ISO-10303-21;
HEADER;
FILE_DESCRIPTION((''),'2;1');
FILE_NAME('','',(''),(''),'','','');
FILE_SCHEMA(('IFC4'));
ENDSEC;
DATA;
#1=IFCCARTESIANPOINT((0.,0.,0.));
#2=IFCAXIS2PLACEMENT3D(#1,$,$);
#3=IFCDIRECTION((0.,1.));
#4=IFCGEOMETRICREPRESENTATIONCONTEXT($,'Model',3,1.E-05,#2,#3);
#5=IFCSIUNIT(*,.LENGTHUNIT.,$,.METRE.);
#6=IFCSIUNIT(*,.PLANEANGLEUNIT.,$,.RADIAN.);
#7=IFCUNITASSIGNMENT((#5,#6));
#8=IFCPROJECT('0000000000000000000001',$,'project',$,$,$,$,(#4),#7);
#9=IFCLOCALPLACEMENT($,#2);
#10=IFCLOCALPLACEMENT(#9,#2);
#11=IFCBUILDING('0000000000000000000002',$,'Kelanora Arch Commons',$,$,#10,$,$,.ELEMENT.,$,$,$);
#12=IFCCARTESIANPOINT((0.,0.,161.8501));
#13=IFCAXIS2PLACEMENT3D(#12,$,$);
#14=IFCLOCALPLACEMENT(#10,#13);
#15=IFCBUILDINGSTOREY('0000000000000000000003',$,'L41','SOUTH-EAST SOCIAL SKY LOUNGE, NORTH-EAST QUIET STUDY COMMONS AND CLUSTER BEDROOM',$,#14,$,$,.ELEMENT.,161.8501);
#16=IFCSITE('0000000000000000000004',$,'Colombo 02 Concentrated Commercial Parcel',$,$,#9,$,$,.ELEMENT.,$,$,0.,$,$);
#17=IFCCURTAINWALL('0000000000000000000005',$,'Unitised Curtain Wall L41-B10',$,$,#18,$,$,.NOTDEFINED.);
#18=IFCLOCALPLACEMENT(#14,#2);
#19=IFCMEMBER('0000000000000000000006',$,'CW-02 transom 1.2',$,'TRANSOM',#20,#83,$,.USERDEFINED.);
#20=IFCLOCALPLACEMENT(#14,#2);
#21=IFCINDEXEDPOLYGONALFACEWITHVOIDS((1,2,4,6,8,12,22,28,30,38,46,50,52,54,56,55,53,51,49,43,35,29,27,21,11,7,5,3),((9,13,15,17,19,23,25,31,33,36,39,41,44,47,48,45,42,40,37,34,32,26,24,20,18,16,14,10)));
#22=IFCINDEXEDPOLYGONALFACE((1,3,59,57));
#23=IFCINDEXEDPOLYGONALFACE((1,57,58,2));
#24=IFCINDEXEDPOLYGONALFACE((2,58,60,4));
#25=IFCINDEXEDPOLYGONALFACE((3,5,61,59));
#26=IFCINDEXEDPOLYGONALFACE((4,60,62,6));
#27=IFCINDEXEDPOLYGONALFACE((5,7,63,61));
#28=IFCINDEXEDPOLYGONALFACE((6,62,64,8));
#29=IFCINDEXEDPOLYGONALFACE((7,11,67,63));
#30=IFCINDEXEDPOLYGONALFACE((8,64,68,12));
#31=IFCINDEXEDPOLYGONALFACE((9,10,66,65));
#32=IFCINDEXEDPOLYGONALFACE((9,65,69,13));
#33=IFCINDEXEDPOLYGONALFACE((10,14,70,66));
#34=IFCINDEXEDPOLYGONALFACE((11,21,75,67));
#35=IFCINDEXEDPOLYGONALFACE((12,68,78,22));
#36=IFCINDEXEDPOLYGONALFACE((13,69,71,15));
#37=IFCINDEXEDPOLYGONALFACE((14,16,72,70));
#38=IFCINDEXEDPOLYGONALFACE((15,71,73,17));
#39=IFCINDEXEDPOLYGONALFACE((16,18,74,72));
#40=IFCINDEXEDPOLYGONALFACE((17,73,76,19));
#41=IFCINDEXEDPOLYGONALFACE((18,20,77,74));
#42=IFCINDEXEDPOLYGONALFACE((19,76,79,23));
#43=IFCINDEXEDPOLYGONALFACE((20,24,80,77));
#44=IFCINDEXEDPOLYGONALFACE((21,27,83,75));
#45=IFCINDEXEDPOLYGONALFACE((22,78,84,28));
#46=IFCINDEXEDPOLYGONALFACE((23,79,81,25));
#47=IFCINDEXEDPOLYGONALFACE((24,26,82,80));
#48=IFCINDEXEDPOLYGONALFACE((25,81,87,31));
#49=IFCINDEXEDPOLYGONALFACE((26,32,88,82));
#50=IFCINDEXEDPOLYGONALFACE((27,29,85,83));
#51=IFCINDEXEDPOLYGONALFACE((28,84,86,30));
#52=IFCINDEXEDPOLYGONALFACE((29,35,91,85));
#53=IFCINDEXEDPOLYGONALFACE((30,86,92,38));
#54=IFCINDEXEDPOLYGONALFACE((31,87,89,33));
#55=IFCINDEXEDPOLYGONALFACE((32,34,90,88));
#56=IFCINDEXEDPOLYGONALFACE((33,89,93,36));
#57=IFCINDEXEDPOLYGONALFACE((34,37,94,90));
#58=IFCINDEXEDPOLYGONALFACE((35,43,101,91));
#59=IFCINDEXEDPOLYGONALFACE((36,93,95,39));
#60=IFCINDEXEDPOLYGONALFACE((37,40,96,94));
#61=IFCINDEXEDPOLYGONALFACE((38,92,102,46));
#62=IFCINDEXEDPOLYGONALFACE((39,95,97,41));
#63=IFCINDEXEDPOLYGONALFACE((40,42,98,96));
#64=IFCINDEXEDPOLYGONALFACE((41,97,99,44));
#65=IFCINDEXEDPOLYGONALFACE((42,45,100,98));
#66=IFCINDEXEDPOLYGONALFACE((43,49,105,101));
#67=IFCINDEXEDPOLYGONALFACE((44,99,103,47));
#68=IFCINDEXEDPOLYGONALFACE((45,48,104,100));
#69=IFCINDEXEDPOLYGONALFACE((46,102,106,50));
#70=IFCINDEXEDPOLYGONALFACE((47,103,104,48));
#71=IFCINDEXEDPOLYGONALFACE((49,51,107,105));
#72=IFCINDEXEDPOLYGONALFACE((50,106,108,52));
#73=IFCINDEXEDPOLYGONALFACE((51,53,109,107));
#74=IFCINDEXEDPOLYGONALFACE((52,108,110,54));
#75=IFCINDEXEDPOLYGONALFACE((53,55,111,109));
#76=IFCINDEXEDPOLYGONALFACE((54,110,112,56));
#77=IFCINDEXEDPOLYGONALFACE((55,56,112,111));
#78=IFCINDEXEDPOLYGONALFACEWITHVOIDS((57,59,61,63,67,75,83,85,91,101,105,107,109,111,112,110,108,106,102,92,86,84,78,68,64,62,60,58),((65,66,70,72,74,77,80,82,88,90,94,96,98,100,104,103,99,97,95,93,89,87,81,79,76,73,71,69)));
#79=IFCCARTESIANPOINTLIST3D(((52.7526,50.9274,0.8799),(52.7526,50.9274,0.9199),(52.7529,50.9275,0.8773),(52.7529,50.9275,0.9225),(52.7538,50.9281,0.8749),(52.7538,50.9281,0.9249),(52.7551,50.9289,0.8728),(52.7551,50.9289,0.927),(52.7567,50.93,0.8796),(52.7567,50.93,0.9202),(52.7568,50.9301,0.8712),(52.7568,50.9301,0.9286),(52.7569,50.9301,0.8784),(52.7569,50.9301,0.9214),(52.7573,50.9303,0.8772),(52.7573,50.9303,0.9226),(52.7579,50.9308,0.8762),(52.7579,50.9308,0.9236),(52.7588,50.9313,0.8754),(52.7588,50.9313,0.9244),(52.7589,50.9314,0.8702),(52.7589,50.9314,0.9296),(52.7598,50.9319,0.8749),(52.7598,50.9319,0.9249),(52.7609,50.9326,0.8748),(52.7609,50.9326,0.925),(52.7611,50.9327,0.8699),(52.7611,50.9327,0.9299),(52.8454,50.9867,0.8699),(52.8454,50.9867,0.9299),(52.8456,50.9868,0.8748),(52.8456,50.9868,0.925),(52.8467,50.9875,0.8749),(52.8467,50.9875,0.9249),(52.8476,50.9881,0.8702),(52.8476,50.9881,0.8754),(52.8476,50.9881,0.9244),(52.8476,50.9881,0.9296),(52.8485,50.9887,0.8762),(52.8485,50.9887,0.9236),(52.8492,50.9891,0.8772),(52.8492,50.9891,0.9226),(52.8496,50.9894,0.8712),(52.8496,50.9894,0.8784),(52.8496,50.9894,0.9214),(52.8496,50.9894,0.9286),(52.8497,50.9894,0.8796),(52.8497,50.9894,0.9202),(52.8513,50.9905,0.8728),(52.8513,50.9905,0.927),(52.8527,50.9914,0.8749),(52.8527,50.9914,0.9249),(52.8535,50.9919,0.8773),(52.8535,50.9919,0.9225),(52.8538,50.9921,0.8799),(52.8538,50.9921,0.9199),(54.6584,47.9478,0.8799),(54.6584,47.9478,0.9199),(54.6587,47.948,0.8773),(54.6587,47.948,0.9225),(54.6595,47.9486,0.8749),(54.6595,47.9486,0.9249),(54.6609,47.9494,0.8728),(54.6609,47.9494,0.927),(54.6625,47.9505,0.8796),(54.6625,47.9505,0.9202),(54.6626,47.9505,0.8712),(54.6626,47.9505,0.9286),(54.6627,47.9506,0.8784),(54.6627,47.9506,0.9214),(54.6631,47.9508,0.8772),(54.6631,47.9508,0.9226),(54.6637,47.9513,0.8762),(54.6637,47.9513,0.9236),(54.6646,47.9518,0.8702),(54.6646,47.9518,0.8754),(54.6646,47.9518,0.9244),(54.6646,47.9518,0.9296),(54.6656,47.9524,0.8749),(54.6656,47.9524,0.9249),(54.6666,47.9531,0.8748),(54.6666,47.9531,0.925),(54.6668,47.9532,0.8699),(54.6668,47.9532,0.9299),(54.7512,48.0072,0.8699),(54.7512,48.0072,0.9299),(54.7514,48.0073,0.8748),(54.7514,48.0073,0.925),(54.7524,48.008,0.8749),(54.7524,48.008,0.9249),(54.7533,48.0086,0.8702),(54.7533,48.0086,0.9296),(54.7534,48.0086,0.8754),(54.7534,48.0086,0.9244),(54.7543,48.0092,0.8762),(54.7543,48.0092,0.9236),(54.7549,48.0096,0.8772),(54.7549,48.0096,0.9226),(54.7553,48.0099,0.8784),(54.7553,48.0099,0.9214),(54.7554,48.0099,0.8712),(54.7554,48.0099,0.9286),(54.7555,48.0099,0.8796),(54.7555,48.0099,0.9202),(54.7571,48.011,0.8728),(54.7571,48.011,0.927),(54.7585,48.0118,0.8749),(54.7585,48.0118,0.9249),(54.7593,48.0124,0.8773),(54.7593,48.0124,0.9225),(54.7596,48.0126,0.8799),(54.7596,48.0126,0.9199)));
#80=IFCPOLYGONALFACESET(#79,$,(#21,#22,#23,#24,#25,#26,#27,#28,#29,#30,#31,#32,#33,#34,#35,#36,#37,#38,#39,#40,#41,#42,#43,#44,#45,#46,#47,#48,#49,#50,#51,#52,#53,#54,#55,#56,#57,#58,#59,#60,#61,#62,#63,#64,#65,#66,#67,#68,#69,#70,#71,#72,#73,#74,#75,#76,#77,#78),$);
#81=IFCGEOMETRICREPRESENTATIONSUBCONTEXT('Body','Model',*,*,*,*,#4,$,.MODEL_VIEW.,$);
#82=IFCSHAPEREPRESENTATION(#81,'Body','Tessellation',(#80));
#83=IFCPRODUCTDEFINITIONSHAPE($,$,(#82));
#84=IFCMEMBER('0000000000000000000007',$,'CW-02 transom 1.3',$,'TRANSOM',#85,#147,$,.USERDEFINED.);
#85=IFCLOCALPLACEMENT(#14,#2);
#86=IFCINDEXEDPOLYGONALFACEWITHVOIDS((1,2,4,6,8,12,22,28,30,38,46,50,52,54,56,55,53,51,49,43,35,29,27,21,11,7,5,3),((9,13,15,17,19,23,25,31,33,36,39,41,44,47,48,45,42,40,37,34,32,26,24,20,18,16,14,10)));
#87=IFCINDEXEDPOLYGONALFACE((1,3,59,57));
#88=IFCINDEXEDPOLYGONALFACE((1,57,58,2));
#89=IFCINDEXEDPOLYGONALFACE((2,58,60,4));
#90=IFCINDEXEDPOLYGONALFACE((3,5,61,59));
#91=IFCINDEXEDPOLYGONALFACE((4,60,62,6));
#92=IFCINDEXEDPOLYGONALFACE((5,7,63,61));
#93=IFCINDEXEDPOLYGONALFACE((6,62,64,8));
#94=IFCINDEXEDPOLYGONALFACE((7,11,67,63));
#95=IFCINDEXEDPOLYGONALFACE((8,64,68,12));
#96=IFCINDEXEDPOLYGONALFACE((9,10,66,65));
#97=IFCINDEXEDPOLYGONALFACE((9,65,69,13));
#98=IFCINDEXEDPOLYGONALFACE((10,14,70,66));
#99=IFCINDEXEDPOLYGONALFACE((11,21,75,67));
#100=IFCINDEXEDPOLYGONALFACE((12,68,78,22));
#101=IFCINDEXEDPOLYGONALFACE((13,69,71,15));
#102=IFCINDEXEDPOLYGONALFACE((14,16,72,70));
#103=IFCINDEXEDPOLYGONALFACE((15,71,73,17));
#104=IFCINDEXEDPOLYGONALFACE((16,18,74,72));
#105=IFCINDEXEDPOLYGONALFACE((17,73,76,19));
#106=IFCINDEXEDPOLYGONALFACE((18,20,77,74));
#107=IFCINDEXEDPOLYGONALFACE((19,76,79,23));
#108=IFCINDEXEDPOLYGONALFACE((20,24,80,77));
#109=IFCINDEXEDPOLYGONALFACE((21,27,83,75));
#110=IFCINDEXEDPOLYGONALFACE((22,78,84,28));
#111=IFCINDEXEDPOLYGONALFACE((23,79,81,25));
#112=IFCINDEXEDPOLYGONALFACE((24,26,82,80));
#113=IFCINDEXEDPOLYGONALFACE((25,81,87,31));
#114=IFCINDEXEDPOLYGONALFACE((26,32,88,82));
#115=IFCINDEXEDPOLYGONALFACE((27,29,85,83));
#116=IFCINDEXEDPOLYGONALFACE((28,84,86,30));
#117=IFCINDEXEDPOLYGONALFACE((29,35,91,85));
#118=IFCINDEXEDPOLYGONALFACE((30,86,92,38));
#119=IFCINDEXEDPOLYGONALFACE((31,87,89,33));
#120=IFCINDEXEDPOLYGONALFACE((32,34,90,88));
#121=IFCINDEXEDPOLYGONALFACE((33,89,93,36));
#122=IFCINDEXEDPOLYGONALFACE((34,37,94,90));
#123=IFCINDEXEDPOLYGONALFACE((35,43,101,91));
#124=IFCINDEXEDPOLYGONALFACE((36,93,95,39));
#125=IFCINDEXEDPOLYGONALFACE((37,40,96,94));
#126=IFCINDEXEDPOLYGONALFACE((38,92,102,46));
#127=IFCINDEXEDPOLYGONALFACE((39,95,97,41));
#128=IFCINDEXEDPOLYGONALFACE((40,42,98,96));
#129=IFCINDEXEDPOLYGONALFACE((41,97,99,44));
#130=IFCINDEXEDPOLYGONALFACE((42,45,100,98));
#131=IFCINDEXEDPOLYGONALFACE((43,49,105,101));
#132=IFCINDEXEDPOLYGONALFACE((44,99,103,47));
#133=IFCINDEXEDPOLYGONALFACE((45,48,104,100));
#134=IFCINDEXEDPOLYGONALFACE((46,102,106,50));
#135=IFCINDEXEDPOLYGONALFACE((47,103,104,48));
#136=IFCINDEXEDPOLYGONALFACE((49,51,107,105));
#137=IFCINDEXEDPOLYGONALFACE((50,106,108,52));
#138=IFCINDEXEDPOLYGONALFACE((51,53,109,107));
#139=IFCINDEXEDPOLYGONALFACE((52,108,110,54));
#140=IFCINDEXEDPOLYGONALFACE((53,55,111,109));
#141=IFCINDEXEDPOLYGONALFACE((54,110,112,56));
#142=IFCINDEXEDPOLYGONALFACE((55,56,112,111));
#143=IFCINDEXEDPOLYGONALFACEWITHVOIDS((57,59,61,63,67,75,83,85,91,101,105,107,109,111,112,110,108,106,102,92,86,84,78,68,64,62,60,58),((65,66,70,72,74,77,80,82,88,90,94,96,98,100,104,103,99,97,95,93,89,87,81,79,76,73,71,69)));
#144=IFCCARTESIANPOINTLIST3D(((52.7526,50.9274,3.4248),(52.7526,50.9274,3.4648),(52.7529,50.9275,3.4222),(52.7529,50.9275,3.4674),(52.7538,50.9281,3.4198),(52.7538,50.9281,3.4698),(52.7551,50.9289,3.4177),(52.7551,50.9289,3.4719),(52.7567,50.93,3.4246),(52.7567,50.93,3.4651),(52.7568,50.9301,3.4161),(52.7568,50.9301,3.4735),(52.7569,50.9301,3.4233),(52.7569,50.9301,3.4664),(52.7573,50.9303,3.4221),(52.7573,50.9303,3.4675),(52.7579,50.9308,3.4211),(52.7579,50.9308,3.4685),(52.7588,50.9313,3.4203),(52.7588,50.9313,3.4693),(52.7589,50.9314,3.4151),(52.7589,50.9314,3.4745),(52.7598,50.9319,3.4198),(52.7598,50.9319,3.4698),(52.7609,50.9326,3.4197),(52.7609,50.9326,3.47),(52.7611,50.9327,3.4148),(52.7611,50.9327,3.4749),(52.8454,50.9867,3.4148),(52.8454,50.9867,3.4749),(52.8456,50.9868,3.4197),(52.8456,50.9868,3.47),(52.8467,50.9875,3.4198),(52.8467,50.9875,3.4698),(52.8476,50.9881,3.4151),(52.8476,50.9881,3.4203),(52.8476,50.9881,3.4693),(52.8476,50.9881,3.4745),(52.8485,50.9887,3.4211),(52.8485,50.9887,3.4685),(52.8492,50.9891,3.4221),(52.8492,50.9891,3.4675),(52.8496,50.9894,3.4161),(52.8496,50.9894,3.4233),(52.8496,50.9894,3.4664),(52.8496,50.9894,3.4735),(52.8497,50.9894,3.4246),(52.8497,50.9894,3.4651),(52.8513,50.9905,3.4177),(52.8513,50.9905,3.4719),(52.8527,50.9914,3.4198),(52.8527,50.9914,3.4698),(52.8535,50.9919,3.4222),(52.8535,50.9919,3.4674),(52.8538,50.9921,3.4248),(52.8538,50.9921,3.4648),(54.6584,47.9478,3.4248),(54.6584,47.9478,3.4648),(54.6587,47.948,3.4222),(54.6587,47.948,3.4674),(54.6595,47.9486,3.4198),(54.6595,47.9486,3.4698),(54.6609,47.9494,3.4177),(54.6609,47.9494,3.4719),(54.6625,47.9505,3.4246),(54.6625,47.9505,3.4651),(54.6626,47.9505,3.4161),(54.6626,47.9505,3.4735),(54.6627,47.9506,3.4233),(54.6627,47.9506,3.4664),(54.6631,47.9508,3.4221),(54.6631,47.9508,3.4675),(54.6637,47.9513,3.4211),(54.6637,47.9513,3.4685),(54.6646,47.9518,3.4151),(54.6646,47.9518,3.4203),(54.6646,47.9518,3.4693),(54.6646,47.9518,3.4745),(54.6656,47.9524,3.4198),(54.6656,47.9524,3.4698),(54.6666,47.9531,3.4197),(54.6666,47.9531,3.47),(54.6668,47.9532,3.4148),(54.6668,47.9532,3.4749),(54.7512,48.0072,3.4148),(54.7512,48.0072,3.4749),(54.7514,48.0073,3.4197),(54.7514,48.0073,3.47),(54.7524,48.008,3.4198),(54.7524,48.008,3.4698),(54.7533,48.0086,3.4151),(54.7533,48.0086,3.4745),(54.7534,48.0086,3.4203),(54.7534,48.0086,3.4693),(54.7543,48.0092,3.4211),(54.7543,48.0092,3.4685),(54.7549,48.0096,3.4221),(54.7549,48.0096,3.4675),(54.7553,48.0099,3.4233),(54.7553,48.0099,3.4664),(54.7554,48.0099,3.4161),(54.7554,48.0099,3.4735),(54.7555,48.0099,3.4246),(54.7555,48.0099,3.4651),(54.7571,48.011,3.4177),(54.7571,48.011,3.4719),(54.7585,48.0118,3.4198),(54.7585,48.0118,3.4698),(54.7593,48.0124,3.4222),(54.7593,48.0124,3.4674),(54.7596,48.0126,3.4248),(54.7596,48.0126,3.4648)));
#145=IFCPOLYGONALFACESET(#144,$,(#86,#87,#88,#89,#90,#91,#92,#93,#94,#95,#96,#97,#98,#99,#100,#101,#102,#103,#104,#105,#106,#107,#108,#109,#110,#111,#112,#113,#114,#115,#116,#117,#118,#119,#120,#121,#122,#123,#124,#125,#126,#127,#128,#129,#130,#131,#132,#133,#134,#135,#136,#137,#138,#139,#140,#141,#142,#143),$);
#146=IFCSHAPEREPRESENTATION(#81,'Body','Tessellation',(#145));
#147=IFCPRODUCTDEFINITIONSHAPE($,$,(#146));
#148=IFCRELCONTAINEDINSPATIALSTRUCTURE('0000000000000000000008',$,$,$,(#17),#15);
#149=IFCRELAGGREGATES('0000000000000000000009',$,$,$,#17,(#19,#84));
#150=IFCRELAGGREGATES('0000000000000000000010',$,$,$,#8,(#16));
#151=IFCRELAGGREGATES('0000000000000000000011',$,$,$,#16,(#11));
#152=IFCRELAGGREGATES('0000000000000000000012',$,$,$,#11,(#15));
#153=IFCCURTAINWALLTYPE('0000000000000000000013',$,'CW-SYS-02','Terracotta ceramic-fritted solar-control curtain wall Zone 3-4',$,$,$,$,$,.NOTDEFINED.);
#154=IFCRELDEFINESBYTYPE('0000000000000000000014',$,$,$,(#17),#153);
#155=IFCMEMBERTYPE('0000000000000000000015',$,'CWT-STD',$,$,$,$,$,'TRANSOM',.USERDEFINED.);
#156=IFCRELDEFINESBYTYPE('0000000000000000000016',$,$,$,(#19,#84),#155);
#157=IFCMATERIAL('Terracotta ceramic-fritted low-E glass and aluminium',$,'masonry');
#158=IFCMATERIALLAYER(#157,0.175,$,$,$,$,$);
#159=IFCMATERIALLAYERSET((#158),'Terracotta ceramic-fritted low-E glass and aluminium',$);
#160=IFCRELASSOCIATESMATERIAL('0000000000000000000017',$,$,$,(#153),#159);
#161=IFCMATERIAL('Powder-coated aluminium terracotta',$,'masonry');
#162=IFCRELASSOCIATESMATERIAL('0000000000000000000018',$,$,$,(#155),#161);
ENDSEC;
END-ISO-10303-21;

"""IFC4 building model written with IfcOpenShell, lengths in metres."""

from ifc_helpers import new_model, si_unit, direction, frame, origin, origin_2d, place, context, subcontext, project, spatial, hollow_rectangle, extrude, material, layer, layer_set, material_profile, profile_set, type_object, element, aggregate, save


model = new_model("IFC4")

# Units and contexts
model_context = context("Model", 3, precision=1e-05, world=origin(), true_north=direction((0.0, 1.0)))
body_context = subcontext(model_context, "Body", "Model", "MODEL_VIEW")
ifc_project = project(units=[si_unit("LENGTHUNIT", "METRE"), si_unit("PLANEANGLEUNIT", "RADIAN")], contexts=[model_context])

# Site, building, storey
site_placement = place(None, origin())
site = spatial("IfcSite", under=ifc_project, at=site_placement, Name="Colombo 02 Concentrated Commercial Parcel", CompositionType="ELEMENT", RefElevation=0.0)
building_placement = place(site_placement, origin())
building = spatial("IfcBuilding", under=site, at=building_placement, Name="Kelanora Arch Commons", CompositionType="ELEMENT")
storey_placement = place(building_placement, frame((0.0, 0.0, 161.8501)))
storey = spatial("IfcBuildingStorey", under=building, at=storey_placement, Name="L41", Description="SOUTH-EAST SOCIAL SKY LOUNGE, NORTH-EAST QUIET STUDY COMMONS AND CLUSTER BEDROOM", CompositionType="ELEMENT", Elevation=161.8501)

# Shared definitions
ifc_material_1 = material(Name="Terracotta ceramic-fritted low-E glass and aluminium", Category="masonry")
ifc_layer_1 = layer(ifc_material_1, 0.175)
ifc_layer_set_1 = layer_set([ifc_layer_1], Name="Terracotta ceramic-fritted low-E glass and aluminium")
curtain_wall_type = type_object("IfcCurtainWallType", Name="CW-SYS-02", Description="Terracotta ceramic-fritted solar-control curtain wall Zone 3-4", PredefinedType="NOTDEFINED", material=ifc_layer_set_1)
ifc_material_2 = material(Name="Powder-coated aluminium terracotta", Category="masonry")

# Curtain wall, members
curtain_wall_1_placement = place(storey_placement, origin())
curtain_wall_1 = element("IfcCurtainWall", 1, at=curtain_wall_1_placement, inside=storey, type_object=curtain_wall_type, Name="Unitised Curtain Wall L41-B10", PredefinedType="NOTDEFINED")
ifc_material_profile_1 = material_profile(ifc_material_2, hollow_rectangle(XDim=0.1201, YDim=0.0601, WallThickness=0.0049, InnerFilletRadius=0.0049, OuterFilletRadius=0.01, at=origin_2d()), Name="CWT120x60")
ifc_profile_set_1 = profile_set([ifc_material_profile_1], Name="Powder-coated aluminium terracotta")
member_type_1 = type_object("IfcMemberType", Name="CWT-STD", ElementType="TRANSOM", PredefinedType="USERDEFINED", material=ifc_profile_set_1)
member_1_placement = place(storey_placement, frame((52.8032, 50.9597, 0.8999), z_axis=(0.53883, -0.842414, 0.0), x_axis=(0.842414, 0.53883, 0.0)))
member_1 = element("IfcMember", 2, at=member_1_placement, type_object=member_type_1, Name="CW-02 transom 1.2", ObjectType="TRANSOM", PredefinedType="USERDEFINED", context=body_context, shape_type="SweptSolid", body=[
    extrude(hollow_rectangle(XDim=0.1201, YDim=0.0601, WallThickness=0.0049, InnerFilletRadius=0.0049, OuterFilletRadius=0.01, at=origin_2d()), origin(), (0.0, 0.0, 1.0), 3.5369),
])
member_2_placement = place(storey_placement, frame((52.8032, 50.9597, 3.4448), z_axis=(0.53883, -0.842414, 0.0), x_axis=(0.842414, 0.53883, 0.0)))
member_2 = element("IfcMember", 3, at=member_2_placement, type_object=member_type_1, Name="CW-02 transom 1.3", ObjectType="TRANSOM", PredefinedType="USERDEFINED", context=body_context, shape_type="SweptSolid", body=[
    extrude(hollow_rectangle(XDim=0.1201, YDim=0.0601, WallThickness=0.0049, InnerFilletRadius=0.0049, OuterFilletRadius=0.01, at=origin_2d()), origin(), (0.0, 0.0, 1.0), 3.5369),
])

aggregate(curtain_wall_1, [member_1, member_2])

save(model, "model.ifc")
